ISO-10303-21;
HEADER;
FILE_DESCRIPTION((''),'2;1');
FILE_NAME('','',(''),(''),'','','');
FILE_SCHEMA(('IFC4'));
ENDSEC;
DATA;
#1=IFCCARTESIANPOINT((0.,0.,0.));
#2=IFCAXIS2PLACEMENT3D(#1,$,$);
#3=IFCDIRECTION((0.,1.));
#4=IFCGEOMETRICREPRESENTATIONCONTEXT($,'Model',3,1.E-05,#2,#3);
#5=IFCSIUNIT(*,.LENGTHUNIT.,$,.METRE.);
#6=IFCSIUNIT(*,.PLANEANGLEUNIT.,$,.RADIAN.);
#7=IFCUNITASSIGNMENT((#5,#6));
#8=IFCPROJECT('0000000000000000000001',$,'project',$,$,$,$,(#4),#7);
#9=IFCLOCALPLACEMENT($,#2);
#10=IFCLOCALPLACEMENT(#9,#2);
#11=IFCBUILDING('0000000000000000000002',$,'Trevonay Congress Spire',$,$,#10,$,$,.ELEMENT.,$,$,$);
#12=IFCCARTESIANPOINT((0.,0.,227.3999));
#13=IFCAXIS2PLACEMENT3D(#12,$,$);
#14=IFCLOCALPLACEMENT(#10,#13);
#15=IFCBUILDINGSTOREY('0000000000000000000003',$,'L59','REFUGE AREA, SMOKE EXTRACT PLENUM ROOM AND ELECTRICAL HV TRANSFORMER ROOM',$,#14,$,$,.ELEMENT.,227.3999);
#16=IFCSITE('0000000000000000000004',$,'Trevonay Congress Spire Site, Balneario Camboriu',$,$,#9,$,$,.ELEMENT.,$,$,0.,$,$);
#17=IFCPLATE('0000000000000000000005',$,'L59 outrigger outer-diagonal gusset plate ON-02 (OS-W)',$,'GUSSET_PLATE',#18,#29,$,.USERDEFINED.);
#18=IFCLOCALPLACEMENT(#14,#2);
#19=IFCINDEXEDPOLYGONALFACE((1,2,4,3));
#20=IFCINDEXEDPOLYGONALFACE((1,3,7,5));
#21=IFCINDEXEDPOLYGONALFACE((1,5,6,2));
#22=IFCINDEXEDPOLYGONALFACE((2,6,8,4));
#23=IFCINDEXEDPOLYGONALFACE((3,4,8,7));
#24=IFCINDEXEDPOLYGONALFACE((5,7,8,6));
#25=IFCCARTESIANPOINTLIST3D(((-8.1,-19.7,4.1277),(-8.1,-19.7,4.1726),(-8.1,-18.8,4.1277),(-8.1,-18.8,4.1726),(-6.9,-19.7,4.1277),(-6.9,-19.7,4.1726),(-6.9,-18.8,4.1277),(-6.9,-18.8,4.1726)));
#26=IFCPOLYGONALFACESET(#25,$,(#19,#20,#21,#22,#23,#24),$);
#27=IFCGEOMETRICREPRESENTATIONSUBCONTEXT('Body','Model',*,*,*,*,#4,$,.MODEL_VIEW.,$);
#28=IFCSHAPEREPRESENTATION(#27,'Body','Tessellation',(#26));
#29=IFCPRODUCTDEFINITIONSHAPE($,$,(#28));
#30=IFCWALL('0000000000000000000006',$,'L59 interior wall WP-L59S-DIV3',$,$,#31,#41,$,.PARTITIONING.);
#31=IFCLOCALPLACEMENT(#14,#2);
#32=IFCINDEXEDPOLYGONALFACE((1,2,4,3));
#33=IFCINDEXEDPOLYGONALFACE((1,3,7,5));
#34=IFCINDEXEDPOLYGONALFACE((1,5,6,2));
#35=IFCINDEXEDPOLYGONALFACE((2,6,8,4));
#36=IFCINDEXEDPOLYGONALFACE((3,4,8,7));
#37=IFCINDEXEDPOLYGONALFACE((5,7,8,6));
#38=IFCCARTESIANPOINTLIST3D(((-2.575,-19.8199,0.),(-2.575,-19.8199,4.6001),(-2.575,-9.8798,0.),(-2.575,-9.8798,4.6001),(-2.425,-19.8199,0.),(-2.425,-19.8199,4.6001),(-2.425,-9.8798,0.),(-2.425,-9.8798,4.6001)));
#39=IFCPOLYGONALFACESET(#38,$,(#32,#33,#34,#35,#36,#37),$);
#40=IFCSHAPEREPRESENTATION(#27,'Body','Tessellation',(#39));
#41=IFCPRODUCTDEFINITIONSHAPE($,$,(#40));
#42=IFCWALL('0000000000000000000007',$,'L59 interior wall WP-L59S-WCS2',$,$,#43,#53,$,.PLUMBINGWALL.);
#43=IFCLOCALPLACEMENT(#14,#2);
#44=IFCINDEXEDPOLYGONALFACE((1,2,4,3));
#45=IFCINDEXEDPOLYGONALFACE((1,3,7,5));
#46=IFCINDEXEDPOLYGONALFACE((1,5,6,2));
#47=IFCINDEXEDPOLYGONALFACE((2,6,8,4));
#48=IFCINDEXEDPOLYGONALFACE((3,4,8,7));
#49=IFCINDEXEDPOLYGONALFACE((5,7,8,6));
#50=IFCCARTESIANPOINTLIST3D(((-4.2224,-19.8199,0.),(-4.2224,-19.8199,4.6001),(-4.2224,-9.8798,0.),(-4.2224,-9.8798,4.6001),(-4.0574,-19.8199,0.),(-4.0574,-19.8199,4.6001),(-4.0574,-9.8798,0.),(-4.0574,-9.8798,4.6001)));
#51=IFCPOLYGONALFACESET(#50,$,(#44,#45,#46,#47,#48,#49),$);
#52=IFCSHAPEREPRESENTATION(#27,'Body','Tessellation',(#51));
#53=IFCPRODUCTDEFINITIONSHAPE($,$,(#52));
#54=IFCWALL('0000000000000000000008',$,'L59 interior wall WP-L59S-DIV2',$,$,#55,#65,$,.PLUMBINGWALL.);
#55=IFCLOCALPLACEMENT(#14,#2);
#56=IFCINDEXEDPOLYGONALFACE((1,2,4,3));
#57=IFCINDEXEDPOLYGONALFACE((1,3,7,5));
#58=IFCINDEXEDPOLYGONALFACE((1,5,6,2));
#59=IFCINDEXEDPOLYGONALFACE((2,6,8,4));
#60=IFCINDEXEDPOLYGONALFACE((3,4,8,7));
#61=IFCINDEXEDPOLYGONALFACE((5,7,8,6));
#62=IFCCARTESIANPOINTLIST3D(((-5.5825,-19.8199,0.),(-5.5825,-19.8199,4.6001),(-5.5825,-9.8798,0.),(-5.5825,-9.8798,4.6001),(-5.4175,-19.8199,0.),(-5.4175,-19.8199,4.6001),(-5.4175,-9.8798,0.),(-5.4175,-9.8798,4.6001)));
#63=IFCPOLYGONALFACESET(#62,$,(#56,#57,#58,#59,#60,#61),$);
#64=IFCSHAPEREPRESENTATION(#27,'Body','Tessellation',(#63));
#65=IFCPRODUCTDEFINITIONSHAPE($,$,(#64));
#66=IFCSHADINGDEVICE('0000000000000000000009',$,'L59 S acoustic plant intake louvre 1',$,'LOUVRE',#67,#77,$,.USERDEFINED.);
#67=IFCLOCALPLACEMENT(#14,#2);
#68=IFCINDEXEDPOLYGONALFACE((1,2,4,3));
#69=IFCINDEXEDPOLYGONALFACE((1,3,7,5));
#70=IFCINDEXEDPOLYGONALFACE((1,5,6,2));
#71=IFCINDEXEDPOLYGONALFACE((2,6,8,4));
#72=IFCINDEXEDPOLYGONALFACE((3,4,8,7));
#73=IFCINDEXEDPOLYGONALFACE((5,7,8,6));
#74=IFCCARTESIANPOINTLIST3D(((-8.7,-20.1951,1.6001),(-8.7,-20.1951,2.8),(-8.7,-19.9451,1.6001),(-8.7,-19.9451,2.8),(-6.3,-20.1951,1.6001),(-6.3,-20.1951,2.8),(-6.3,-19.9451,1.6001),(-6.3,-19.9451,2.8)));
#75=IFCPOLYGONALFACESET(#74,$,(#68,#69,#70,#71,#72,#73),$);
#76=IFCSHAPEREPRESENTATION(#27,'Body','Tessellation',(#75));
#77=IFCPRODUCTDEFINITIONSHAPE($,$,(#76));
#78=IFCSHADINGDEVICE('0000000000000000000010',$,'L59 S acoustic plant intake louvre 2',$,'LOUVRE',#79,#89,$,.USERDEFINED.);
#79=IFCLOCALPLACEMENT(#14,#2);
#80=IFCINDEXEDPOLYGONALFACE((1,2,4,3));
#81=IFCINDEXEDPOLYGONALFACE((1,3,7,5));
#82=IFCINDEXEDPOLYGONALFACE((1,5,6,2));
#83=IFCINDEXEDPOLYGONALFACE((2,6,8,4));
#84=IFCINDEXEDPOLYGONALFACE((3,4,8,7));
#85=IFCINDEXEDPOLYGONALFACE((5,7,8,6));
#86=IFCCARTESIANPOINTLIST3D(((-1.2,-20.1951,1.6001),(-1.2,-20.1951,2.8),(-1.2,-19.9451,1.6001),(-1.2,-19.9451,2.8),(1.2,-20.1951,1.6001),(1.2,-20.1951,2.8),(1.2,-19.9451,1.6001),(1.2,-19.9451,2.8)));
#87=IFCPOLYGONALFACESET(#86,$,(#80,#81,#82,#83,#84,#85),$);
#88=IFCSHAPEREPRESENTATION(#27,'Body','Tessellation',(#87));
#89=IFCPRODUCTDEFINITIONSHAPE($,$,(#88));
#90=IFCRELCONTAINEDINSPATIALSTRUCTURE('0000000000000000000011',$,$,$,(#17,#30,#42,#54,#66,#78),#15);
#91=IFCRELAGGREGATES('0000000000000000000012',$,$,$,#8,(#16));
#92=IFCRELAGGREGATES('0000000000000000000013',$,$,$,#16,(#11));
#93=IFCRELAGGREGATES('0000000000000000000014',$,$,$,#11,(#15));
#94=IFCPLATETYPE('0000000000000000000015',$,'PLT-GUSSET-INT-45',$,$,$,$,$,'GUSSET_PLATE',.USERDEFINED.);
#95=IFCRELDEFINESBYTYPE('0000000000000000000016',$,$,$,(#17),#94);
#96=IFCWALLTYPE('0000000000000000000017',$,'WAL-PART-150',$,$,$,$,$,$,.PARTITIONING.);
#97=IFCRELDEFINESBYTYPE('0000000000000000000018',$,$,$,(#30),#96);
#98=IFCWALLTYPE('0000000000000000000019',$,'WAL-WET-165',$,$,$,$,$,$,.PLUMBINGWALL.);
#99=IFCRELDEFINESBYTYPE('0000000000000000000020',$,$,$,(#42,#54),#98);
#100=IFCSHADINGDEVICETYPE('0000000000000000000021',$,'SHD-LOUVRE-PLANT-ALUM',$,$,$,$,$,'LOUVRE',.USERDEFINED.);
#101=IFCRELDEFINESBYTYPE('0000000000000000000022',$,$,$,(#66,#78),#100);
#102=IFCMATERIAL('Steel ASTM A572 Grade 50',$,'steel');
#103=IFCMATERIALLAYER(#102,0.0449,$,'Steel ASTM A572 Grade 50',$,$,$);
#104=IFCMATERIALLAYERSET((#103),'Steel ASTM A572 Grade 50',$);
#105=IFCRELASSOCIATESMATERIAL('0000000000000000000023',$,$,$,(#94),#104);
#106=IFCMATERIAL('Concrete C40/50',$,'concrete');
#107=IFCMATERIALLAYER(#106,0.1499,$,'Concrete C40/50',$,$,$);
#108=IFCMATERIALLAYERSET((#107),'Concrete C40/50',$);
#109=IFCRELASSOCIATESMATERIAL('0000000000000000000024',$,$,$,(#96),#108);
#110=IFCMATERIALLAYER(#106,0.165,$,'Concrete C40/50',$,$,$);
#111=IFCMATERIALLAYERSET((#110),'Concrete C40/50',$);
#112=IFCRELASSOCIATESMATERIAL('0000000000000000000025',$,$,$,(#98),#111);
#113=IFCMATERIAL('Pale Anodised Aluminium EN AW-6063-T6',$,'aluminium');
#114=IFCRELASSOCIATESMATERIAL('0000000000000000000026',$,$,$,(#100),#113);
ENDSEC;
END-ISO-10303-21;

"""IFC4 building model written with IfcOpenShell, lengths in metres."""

from ifc_helpers import new_model, si_unit, direction, frame, frame_2d, origin, origin_2d, place, context, subcontext, project, spatial, rectangle, extrude, material, layer, layer_set, type_object, element, save


model = new_model("IFC4")

# Units and contexts
model_context = context("Model", 3, precision=1e-05, world=origin(), true_north=direction((0.0, 1.0)))
body_context = subcontext(model_context, "Body", "Model", "MODEL_VIEW")
ifc_project = project(units=[si_unit("LENGTHUNIT", "METRE"), si_unit("PLANEANGLEUNIT", "RADIAN")], contexts=[model_context])

# Site, building, storey
site_placement = place(None, origin())
site = spatial("IfcSite", under=ifc_project, at=site_placement, Name="Trevonay Congress Spire Site, Balneario Camboriu", CompositionType="ELEMENT", RefElevation=0.0)
building_placement = place(site_placement, origin())
building = spatial("IfcBuilding", under=site, at=building_placement, Name="Trevonay Congress Spire", CompositionType="ELEMENT")
storey_placement = place(building_placement, frame((0.0, 0.0, 227.3999)))
storey = spatial("IfcBuildingStorey", under=building, at=storey_placement, Name="L59", Description="REFUGE AREA, SMOKE EXTRACT PLENUM ROOM AND ELECTRICAL HV TRANSFORMER ROOM", CompositionType="ELEMENT", Elevation=227.3999)

# Shared definitions
ifc_material_1 = material(Name="Steel ASTM A572 Grade 50", Category="steel")

# Plate
ifc_layer_1 = layer(ifc_material_1, 0.0449, Name="Steel ASTM A572 Grade 50")
ifc_layer_set_1 = layer_set([ifc_layer_1], Name="Steel ASTM A572 Grade 50")
plate_type_1 = type_object("IfcPlateType", Name="PLT-GUSSET-INT-45", ElementType="GUSSET_PLATE", PredefinedType="USERDEFINED", material=ifc_layer_set_1)
for number, where, z_axis, x_axis, name in (
    (1, (-7.5, -19.25, 4.1277), (0.0, 0.0, 1.0), (1.0, 0.0, 0.0), "L59 outrigger outer-diagonal gusset plate ON-02 (OS-W)"),
):
    element("IfcPlate", number, at=place(storey_placement, frame(where, z_axis=z_axis, x_axis=x_axis)), inside=storey, type_object=plate_type_1, Name=name, ObjectType="GUSSET_PLATE", PredefinedType="USERDEFINED", context=body_context, shape_type="SweptSolid", body=[
        extrude(rectangle(XDim=1.2, YDim=0.8999, at=origin_2d()), origin(), (0.0, 0.0, 1.0), 0.0449),
    ])

# Walls
ifc_material_2 = material(Name="Concrete C40/50", Category="concrete")
ifc_layer_2 = layer(ifc_material_2, 0.1499, Name="Concrete C40/50")
ifc_layer_set_2 = layer_set([ifc_layer_2], Name="Concrete C40/50")
wall_type_1 = type_object("IfcWallType", Name="WAL-PART-150", PredefinedType="PARTITIONING", material=ifc_layer_set_2)
wall_placement = place(storey_placement, frame((-2.5, -19.8201, 0.0), z_axis=(0.0, 0.0, 1.0), x_axis=(0.0, 1.0, 0.0)))
element("IfcWall", 2, at=wall_placement, inside=storey, type_object=wall_type_1, Name="L59 interior wall WP-L59S-DIV3", PredefinedType="PARTITIONING", context=body_context, shape_type="SweptSolid", body=[
    extrude(rectangle(XDim=9.9402, YDim=0.1499, at=frame_2d((4.9702, 0.0))), origin(), (0.0, 0.0, 1.0), 4.6001),
])
ifc_layer_3 = layer(ifc_material_2, 0.165, Name="Concrete C40/50")
ifc_layer_set_3 = layer_set([ifc_layer_3], Name="Concrete C40/50")
wall_type_2 = type_object("IfcWallType", Name="WAL-WET-165", PredefinedType="PLUMBINGWALL", material=ifc_layer_set_3)
for number, where, z_axis, x_axis, name in (
    (3, (-4.1399, -19.8201, 0.0), (0.0, 0.0, 1.0), (0.0, 1.0, 0.0), "L59 interior wall WP-L59S-WCS2"),
    (4, (-5.5, -19.8201, 0.0), (0.0, 0.0, 1.0), (0.0, 1.0, 0.0), "L59 interior wall WP-L59S-DIV2"),
):
    element("IfcWall", number, at=place(storey_placement, frame(where, z_axis=z_axis, x_axis=x_axis)), inside=storey, type_object=wall_type_2, Name=name, PredefinedType="PLUMBINGWALL", context=body_context, shape_type="SweptSolid", body=[
        extrude(rectangle(XDim=9.9402, YDim=0.165, at=frame_2d((4.9702, 0.0))), origin(), (0.0, 0.0, 1.0), 4.6001),
    ])

# Shading devices
ifc_material_3 = material(Name="Pale Anodised Aluminium EN AW-6063-T6", Category="aluminium")
shading_device_type = type_object("IfcShadingDeviceType", Name="SHD-LOUVRE-PLANT-ALUM", ElementType="LOUVRE", PredefinedType="USERDEFINED", material=ifc_material_3)
for number, where, z_axis, x_axis, name in (
    (5, (-7.5, -20.0701, 1.6001), (0.0, 0.0, 1.0), (1.0, 0.0, 0.0), "L59 S acoustic plant intake louvre 1"),
    (6, (0.0, -20.0701, 1.6001), (0.0, 0.0, 1.0), (1.0, 0.0, 0.0), "L59 S acoustic plant intake louvre 2"),
):
    element("IfcShadingDevice", number, at=place(storey_placement, frame(where, z_axis=z_axis, x_axis=x_axis)), inside=storey, type_object=shading_device_type, Name=name, ObjectType="LOUVRE", PredefinedType="USERDEFINED", context=body_context, shape_type="SweptSolid", body=[
        extrude(rectangle(XDim=2.3999, YDim=0.25, at=origin_2d()), origin(), (0.0, 0.0, 1.0), 1.2),
    ])

save(model, "model.ifc")
